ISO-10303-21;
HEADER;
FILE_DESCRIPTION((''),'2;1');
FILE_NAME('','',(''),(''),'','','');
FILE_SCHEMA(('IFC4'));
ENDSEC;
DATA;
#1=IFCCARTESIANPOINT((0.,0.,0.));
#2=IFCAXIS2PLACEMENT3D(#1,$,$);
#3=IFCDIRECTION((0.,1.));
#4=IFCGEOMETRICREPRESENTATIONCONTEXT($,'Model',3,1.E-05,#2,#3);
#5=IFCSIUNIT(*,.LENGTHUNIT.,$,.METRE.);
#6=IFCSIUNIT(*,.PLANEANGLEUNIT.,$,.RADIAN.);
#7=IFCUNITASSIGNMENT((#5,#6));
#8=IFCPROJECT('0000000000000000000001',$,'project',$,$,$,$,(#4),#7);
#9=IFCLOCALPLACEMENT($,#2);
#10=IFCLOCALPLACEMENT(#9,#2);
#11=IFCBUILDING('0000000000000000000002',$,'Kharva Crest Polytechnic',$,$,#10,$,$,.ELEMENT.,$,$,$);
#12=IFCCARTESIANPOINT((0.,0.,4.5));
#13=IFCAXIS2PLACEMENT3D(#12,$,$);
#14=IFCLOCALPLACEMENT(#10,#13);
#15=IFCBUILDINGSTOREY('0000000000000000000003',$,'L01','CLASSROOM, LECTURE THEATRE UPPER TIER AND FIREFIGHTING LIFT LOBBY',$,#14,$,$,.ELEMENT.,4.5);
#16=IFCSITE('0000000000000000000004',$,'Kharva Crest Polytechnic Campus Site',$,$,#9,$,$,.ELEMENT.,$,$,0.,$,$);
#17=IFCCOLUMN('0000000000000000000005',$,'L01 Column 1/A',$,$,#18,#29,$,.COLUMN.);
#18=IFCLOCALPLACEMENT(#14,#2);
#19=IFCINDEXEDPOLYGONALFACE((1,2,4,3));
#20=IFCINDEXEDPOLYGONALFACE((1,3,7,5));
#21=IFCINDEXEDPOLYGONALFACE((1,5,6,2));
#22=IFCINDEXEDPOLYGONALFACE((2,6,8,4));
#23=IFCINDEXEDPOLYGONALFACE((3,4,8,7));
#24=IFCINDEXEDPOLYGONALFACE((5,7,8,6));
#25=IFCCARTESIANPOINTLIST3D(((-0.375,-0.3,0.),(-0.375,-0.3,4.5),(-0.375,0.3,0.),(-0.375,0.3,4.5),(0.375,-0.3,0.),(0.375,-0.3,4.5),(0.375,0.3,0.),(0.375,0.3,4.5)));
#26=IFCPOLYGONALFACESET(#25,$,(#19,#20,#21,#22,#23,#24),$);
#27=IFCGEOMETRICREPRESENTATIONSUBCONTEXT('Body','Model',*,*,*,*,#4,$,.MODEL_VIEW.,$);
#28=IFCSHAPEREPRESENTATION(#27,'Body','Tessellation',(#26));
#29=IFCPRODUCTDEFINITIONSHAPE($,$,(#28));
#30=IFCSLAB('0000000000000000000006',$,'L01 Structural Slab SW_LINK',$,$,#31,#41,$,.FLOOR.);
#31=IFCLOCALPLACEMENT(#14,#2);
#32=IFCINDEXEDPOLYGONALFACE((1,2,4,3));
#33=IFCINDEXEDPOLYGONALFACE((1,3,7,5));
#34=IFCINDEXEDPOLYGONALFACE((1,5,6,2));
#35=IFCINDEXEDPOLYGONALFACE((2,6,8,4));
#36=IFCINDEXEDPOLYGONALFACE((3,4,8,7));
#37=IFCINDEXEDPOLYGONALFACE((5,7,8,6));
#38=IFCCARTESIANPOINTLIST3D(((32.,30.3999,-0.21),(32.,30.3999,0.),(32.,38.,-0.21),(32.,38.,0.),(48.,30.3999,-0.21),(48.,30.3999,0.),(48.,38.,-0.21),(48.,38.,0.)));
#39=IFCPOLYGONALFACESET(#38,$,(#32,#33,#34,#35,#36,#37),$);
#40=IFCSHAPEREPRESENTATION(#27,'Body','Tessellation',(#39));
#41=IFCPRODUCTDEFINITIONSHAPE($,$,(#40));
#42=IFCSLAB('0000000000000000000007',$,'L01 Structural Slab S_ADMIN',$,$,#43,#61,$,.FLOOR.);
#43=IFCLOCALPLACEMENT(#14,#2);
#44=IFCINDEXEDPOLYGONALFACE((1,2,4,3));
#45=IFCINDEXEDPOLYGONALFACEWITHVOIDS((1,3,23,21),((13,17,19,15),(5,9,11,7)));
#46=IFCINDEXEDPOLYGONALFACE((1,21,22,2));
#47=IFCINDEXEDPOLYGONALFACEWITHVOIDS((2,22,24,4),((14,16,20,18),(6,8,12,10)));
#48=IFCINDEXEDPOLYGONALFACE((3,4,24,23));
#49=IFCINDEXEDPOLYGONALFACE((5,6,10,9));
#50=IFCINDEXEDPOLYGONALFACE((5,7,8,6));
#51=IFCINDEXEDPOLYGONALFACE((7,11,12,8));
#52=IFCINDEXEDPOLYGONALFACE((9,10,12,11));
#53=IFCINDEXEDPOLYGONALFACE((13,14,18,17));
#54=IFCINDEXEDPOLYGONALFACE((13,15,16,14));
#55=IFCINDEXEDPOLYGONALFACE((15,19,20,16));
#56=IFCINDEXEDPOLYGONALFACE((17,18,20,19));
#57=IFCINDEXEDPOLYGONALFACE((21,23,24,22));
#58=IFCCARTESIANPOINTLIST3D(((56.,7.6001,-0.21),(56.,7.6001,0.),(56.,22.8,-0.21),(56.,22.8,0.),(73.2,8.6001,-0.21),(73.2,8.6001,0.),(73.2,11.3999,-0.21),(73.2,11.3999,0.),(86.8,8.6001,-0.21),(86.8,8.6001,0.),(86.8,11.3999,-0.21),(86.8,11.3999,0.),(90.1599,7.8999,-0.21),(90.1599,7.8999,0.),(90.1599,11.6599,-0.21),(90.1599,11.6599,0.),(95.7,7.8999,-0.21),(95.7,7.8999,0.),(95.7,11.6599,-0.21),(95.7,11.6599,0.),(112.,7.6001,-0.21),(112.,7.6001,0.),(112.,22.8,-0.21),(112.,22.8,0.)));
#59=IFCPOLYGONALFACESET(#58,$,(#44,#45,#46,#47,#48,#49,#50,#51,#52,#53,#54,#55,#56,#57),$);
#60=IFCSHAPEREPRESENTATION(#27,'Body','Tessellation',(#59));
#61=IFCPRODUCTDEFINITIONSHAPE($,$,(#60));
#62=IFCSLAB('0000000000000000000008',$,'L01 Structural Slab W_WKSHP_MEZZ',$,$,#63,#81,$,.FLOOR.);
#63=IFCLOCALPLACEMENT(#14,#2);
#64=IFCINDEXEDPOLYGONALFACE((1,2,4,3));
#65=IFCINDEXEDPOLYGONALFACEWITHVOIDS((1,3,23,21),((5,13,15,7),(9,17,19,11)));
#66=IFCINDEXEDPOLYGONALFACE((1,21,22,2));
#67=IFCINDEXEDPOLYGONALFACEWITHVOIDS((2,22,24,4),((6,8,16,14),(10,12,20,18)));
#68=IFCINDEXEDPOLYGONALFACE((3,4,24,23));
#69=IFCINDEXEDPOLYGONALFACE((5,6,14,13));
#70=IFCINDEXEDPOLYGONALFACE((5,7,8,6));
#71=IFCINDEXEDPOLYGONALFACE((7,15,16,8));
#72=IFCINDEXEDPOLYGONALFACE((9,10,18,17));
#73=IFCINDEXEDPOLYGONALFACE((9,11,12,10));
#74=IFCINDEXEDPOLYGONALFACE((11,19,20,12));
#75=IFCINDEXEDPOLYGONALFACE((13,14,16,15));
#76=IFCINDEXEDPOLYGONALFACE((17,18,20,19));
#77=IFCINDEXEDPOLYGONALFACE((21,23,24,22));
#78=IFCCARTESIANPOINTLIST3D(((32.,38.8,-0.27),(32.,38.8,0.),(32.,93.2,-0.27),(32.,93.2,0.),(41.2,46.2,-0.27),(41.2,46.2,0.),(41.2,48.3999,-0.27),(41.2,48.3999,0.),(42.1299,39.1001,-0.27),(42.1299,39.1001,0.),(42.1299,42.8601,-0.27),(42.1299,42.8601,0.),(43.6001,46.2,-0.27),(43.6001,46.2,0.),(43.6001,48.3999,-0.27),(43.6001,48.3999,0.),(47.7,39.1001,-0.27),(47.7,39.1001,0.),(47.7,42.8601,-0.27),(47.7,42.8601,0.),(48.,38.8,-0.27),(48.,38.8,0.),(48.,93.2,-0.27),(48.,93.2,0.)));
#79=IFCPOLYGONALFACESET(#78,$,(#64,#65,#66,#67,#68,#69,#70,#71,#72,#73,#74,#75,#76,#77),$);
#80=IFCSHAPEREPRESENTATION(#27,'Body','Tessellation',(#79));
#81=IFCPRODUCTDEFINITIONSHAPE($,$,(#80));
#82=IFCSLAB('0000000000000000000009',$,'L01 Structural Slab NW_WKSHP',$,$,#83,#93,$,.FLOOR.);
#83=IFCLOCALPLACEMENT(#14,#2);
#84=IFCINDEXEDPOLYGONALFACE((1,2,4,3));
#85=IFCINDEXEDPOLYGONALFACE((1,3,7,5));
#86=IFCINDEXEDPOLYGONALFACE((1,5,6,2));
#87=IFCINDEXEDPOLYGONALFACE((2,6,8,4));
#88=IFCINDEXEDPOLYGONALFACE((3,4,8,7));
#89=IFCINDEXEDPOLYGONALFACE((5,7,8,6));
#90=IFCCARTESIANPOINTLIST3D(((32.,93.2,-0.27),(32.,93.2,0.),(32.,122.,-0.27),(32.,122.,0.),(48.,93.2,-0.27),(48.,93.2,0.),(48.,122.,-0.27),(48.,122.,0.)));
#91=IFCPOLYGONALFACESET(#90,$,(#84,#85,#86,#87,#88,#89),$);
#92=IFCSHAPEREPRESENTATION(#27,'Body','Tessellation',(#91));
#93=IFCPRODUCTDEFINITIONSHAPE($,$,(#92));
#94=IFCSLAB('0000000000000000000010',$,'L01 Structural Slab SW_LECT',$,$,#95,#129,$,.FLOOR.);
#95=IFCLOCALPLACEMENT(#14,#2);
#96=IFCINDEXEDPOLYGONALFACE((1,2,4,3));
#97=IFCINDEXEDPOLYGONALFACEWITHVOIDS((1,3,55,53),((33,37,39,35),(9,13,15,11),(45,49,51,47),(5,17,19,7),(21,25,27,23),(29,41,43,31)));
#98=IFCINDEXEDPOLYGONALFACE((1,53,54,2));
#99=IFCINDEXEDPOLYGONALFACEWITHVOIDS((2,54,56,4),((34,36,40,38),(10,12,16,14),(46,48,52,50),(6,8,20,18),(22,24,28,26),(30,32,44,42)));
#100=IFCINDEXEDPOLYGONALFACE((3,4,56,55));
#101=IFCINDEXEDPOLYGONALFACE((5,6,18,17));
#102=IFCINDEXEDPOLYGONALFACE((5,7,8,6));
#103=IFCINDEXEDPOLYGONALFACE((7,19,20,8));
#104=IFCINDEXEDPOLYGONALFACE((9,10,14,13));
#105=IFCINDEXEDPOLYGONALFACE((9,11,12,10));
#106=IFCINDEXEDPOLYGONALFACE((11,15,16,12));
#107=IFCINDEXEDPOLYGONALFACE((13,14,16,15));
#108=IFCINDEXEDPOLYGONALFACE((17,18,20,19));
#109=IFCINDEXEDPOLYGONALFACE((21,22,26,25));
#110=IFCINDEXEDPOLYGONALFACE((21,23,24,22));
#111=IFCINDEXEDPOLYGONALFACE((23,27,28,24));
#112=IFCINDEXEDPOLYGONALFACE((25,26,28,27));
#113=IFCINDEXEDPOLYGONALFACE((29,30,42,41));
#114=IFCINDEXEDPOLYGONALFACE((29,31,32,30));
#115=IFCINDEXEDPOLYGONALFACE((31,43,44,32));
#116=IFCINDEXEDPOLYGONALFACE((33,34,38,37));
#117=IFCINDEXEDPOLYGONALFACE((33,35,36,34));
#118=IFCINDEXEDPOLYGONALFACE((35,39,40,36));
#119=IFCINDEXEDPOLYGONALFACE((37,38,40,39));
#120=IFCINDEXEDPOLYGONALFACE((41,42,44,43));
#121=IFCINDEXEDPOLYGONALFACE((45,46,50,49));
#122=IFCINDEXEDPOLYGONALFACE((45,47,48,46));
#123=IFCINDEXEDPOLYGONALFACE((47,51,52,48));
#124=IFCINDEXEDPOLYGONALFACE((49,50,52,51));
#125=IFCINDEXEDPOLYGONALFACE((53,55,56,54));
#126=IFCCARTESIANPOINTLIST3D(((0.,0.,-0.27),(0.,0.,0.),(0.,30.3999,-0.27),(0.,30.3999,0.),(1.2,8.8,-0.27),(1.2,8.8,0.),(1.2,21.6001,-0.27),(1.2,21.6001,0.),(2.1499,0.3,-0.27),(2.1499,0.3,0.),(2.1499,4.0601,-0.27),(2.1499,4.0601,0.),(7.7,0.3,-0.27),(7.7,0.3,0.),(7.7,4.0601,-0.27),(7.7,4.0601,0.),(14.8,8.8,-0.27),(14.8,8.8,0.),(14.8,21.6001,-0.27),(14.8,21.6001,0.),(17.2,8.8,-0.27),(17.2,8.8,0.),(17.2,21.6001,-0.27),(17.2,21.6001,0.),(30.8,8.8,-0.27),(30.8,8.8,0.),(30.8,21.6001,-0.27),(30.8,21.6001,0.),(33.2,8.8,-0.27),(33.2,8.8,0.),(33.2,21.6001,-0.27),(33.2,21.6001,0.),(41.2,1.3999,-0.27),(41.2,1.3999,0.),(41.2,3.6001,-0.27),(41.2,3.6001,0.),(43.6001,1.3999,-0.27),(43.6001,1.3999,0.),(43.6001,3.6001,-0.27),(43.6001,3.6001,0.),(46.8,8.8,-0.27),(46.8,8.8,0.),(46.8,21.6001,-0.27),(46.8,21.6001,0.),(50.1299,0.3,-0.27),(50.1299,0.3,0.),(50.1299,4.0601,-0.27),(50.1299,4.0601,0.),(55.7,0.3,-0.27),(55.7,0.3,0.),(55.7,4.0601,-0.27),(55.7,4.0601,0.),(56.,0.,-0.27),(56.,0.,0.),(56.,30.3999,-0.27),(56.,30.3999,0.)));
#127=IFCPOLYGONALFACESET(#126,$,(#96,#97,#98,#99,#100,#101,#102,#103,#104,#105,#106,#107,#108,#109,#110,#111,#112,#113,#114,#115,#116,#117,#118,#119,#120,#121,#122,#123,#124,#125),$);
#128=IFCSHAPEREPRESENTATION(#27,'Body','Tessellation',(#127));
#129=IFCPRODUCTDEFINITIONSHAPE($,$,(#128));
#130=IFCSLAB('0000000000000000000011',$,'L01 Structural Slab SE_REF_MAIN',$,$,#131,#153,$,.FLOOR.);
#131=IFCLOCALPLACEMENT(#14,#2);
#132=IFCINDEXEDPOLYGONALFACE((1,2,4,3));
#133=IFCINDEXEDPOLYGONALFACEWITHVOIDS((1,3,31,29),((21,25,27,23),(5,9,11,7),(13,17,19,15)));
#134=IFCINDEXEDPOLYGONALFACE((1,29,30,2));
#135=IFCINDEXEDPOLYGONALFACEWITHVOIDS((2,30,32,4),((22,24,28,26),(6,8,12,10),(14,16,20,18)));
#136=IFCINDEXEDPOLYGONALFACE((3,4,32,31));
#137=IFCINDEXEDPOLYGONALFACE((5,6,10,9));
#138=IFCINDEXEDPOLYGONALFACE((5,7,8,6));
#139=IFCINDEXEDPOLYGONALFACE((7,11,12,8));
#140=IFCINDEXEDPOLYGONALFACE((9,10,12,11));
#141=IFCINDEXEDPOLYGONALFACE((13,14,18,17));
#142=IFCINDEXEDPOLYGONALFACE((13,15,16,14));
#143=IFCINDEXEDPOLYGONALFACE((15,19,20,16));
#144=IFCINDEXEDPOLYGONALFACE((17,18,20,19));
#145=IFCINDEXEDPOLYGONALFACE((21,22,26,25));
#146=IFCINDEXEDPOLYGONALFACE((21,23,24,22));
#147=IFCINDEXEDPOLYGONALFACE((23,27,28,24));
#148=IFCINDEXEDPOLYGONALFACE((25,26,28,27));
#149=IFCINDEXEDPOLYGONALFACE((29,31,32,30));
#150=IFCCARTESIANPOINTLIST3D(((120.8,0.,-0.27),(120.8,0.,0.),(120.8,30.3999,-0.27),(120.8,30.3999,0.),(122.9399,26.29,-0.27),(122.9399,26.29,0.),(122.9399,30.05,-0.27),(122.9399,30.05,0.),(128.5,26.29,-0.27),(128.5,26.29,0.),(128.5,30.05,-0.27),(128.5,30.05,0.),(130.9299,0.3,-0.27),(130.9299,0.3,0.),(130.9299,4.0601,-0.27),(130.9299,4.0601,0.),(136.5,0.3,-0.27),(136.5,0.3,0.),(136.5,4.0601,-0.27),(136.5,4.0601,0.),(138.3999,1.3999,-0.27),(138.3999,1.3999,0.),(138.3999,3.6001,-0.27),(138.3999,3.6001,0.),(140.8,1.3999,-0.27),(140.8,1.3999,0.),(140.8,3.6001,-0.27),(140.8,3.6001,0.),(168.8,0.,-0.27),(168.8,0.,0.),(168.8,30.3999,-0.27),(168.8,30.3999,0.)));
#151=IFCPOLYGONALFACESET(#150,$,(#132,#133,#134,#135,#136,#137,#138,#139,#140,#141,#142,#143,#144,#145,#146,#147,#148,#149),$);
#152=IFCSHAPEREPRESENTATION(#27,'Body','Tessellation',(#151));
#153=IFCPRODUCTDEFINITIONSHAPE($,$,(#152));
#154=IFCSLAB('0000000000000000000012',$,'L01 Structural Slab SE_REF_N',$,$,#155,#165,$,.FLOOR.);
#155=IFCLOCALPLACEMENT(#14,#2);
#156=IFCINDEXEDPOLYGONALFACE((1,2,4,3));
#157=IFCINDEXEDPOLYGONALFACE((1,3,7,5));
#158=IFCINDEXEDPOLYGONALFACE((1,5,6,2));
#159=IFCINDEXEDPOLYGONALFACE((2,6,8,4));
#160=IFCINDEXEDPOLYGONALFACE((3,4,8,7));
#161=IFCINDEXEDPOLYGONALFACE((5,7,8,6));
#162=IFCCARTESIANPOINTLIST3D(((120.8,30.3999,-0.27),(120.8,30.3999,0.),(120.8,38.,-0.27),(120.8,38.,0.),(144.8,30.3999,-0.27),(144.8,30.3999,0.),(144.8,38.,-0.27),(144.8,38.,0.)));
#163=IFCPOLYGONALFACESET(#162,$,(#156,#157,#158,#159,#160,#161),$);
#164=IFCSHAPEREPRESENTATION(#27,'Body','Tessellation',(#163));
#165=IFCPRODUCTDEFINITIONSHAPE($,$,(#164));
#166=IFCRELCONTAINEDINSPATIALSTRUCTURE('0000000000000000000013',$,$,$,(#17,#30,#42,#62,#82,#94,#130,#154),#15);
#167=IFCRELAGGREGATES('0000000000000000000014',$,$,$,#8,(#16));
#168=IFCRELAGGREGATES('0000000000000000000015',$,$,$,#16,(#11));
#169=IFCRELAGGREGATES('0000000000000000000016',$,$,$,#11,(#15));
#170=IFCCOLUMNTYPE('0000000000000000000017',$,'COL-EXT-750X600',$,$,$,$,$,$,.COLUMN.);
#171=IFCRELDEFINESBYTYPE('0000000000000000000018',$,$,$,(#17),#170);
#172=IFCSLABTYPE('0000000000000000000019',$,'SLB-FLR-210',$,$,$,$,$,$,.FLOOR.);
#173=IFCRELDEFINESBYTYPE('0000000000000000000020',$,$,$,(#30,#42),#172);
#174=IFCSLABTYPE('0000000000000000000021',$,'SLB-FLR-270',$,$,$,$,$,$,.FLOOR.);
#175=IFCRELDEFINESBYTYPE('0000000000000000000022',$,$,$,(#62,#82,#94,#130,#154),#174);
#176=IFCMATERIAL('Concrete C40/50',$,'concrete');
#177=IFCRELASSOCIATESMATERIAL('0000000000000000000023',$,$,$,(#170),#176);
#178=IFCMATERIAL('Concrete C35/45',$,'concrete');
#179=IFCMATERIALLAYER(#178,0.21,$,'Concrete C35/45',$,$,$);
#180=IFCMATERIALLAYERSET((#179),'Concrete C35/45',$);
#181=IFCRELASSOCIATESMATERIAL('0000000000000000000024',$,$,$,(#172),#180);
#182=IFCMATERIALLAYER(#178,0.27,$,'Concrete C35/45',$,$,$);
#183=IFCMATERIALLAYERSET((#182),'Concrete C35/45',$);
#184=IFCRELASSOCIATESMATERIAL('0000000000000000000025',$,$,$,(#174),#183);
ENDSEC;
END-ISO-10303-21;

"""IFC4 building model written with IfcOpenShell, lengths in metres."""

from ifc_helpers import new_model, si_unit, direction, frame, origin, origin_with_axes, origin_2d, place, context, subcontext, project, spatial, polyline, rectangle, outline, extrude, material, layer, layer_set, material_profile, profile_set, type_object, element, save


model = new_model("IFC4")

# Units and contexts
model_context = context("Model", 3, precision=1e-05, world=origin(), true_north=direction((0.0, 1.0)))
body_context = subcontext(model_context, "Body", "Model", "MODEL_VIEW")
ifc_project = project(units=[si_unit("LENGTHUNIT", "METRE"), si_unit("PLANEANGLEUNIT", "RADIAN")], contexts=[model_context])

# Site, building, storey
site_placement = place(None, origin())
site = spatial("IfcSite", under=ifc_project, at=site_placement, Name="Kharva Crest Polytechnic Campus Site", CompositionType="ELEMENT", RefElevation=0.0)
building_placement = place(site_placement, origin())
building = spatial("IfcBuilding", under=site, at=building_placement, Name="Kharva Crest Polytechnic", CompositionType="ELEMENT")
storey_placement = place(building_placement, frame((0.0, 0.0, 4.5)))
storey = spatial("IfcBuildingStorey", under=building, at=storey_placement, Name="L01", Description="CLASSROOM, LECTURE THEATRE UPPER TIER AND FIREFIGHTING LIFT LOBBY", CompositionType="ELEMENT", Elevation=4.5)

# Column
ifc_material_1 = material(Name="Concrete C40/50", Category="concrete")
ifc_material_profile = material_profile(ifc_material_1, rectangle(XDim=0.75, YDim=0.6001, at=origin_2d()), Name="RECT 750 X 600")
ifc_profile_set = profile_set([ifc_material_profile], Name="Concrete C40/50")
column_type = type_object("IfcColumnType", Name="COL-EXT-750X600", PredefinedType="COLUMN", material=ifc_profile_set)
column_placement = place(storey_placement, origin_with_axes())
element("IfcColumn", 1, at=column_placement, inside=storey, type_object=column_type, Name="L01 Column 1/A", PredefinedType="COLUMN", context=body_context, shape_type="SweptSolid", body=[
    extrude(rectangle(XDim=0.75, YDim=0.6001, at=origin_2d()), origin(), (0.0, 0.0, 1.0), 4.5),
])

# Slabs
ifc_material_2 = material(Name="Concrete C35/45", Category="concrete")
ifc_layer_1 = layer(ifc_material_2, 0.21, Name="Concrete C35/45")
ifc_layer_set_1 = layer_set([ifc_layer_1], Name="Concrete C35/45")
slab_type_1 = type_object("IfcSlabType", Name="SLB-FLR-210", PredefinedType="FLOOR", material=ifc_layer_set_1)
slab_1_placement = place(storey_placement, frame((0.0, 0.0, -0.21)))
element("IfcSlab", 2, at=slab_1_placement, inside=storey, type_object=slab_type_1, Name="L01 Structural Slab SW_LINK", PredefinedType="FLOOR", context=body_context, shape_type="SweptSolid", body=[
    extrude(outline(polyline([(32.0, 30.3999), (48.0, 30.3999), (48.0, 38.0), (32.0, 38.0), (32.0, 30.3999)])), origin(), (0.0, 0.0, 1.0), 0.21),
])
slab_2_placement = place(storey_placement, frame((0.0, 0.0, -0.21)))
element("IfcSlab", 3, at=slab_2_placement, inside=storey, type_object=slab_type_1, Name="L01 Structural Slab S_ADMIN", PredefinedType="FLOOR", context=body_context, shape_type="SweptSolid", body=[
    extrude(outline(polyline([(56.0, 7.6001), (112.0, 7.6001), (112.0, 22.8), (56.0, 22.8), (56.0, 7.6001)]), holes=[polyline([(90.1599, 7.8999), (95.7, 7.8999), (95.7, 11.6599), (90.1599, 11.6599), (90.1599, 7.8999)]), polyline([(73.2, 8.6001), (86.8, 8.6001), (86.8, 11.3999), (73.2, 11.3999), (73.2, 8.6001)])]), origin(), (0.0, 0.0, 1.0), 0.21),
])
ifc_layer_2 = layer(ifc_material_2, 0.27, Name="Concrete C35/45")
ifc_layer_set_2 = layer_set([ifc_layer_2], Name="Concrete C35/45")
slab_type_2 = type_object("IfcSlabType", Name="SLB-FLR-270", PredefinedType="FLOOR", material=ifc_layer_set_2)
slab_3_placement = place(storey_placement, frame((0.0, 0.0, -0.27)))
element("IfcSlab", 4, at=slab_3_placement, inside=storey, type_object=slab_type_2, Name="L01 Structural Slab W_WKSHP_MEZZ", PredefinedType="FLOOR", context=body_context, shape_type="SweptSolid", body=[
    extrude(outline(polyline([(32.0, 38.8), (48.0, 38.8), (48.0, 93.2), (32.0, 93.2), (32.0, 38.8)]), holes=[polyline([(42.1299, 39.1001), (47.7, 39.1001), (47.7, 42.8601), (42.1299, 42.8601), (42.1299, 39.1001)]), polyline([(41.2, 46.2), (43.6001, 46.2), (43.6001, 48.3999), (41.2, 48.3999), (41.2, 46.2)])]), origin(), (0.0, 0.0, 1.0), 0.27),
])
slab_4_placement = place(storey_placement, frame((0.0, 0.0, -0.27)))
element("IfcSlab", 5, at=slab_4_placement, inside=storey, type_object=slab_type_2, Name="L01 Structural Slab NW_WKSHP", PredefinedType="FLOOR", context=body_context, shape_type="SweptSolid", body=[
    extrude(outline(polyline([(32.0, 93.2), (48.0, 93.2), (48.0, 122.0), (32.0, 122.0), (32.0, 93.2)])), origin(), (0.0, 0.0, 1.0), 0.27),
])
slab_5_placement = place(storey_placement, frame((0.0, 0.0, -0.27)))
element("IfcSlab", 6, at=slab_5_placement, inside=storey, type_object=slab_type_2, Name="L01 Structural Slab SW_LECT", PredefinedType="FLOOR", context=body_context, shape_type="SweptSolid", body=[
    extrude(outline(polyline([(0.0, 0.0), (56.0, 0.0), (56.0, 30.3999), (0.0, 30.3999), (0.0, 0.0)]), holes=[polyline([(50.1299, 0.3), (55.7, 0.3), (55.7, 4.0601), (50.1299, 4.0601), (50.1299, 0.3)]), polyline([(41.2, 1.3999), (43.6001, 1.3999), (43.6001, 3.6001), (41.2, 3.6001), (41.2, 1.3999)]), polyline([(2.1499, 0.3), (7.7, 0.3), (7.7, 4.0601), (2.1499, 4.0601), (2.1499, 0.3)]), polyline([(1.2, 8.8), (14.8, 8.8), (14.8, 21.6001), (1.2, 21.6001), (1.2, 8.8)]), polyline([(17.2, 8.8), (30.8, 8.8), (30.8, 21.6001), (17.2, 21.6001), (17.2, 8.8)]), polyline([(33.2, 8.8), (46.8, 8.8), (46.8, 21.6001), (33.2, 21.6001), (33.2, 8.8)])]), origin(), (0.0, 0.0, 1.0), 0.27),
])
slab_6_placement = place(storey_placement, frame((0.0, 0.0, -0.27)))
element("IfcSlab", 7, at=slab_6_placement, inside=storey, type_object=slab_type_2, Name="L01 Structural Slab SE_REF_MAIN", PredefinedType="FLOOR", context=body_context, shape_type="SweptSolid", body=[
    extrude(outline(polyline([(120.8, 0.0), (168.8, 0.0), (168.8, 30.3999), (120.8, 30.3999), (120.8, 0.0)]), holes=[polyline([(130.9299, 0.3), (136.5, 0.3), (136.5, 4.0601), (130.9299, 4.0601), (130.9299, 0.3)]), polyline([(138.3999, 1.3999), (140.8, 1.3999), (140.8, 3.6001), (138.3999, 3.6001), (138.3999, 1.3999)]), polyline([(122.9399, 26.29), (128.5, 26.29), (128.5, 30.05), (122.9399, 30.05), (122.9399, 26.29)])]), origin(), (0.0, 0.0, 1.0), 0.27),
])
slab_7_placement = place(storey_placement, frame((0.0, 0.0, -0.27)))
element("IfcSlab", 8, at=slab_7_placement, inside=storey, type_object=slab_type_2, Name="L01 Structural Slab SE_REF_N", PredefinedType="FLOOR", context=body_context, shape_type="SweptSolid", body=[
    extrude(outline(polyline([(120.8, 30.3999), (144.8, 30.3999), (144.8, 38.0), (120.8, 38.0), (120.8, 30.3999)])), origin(), (0.0, 0.0, 1.0), 0.27),
])

save(model, "model.ifc")
